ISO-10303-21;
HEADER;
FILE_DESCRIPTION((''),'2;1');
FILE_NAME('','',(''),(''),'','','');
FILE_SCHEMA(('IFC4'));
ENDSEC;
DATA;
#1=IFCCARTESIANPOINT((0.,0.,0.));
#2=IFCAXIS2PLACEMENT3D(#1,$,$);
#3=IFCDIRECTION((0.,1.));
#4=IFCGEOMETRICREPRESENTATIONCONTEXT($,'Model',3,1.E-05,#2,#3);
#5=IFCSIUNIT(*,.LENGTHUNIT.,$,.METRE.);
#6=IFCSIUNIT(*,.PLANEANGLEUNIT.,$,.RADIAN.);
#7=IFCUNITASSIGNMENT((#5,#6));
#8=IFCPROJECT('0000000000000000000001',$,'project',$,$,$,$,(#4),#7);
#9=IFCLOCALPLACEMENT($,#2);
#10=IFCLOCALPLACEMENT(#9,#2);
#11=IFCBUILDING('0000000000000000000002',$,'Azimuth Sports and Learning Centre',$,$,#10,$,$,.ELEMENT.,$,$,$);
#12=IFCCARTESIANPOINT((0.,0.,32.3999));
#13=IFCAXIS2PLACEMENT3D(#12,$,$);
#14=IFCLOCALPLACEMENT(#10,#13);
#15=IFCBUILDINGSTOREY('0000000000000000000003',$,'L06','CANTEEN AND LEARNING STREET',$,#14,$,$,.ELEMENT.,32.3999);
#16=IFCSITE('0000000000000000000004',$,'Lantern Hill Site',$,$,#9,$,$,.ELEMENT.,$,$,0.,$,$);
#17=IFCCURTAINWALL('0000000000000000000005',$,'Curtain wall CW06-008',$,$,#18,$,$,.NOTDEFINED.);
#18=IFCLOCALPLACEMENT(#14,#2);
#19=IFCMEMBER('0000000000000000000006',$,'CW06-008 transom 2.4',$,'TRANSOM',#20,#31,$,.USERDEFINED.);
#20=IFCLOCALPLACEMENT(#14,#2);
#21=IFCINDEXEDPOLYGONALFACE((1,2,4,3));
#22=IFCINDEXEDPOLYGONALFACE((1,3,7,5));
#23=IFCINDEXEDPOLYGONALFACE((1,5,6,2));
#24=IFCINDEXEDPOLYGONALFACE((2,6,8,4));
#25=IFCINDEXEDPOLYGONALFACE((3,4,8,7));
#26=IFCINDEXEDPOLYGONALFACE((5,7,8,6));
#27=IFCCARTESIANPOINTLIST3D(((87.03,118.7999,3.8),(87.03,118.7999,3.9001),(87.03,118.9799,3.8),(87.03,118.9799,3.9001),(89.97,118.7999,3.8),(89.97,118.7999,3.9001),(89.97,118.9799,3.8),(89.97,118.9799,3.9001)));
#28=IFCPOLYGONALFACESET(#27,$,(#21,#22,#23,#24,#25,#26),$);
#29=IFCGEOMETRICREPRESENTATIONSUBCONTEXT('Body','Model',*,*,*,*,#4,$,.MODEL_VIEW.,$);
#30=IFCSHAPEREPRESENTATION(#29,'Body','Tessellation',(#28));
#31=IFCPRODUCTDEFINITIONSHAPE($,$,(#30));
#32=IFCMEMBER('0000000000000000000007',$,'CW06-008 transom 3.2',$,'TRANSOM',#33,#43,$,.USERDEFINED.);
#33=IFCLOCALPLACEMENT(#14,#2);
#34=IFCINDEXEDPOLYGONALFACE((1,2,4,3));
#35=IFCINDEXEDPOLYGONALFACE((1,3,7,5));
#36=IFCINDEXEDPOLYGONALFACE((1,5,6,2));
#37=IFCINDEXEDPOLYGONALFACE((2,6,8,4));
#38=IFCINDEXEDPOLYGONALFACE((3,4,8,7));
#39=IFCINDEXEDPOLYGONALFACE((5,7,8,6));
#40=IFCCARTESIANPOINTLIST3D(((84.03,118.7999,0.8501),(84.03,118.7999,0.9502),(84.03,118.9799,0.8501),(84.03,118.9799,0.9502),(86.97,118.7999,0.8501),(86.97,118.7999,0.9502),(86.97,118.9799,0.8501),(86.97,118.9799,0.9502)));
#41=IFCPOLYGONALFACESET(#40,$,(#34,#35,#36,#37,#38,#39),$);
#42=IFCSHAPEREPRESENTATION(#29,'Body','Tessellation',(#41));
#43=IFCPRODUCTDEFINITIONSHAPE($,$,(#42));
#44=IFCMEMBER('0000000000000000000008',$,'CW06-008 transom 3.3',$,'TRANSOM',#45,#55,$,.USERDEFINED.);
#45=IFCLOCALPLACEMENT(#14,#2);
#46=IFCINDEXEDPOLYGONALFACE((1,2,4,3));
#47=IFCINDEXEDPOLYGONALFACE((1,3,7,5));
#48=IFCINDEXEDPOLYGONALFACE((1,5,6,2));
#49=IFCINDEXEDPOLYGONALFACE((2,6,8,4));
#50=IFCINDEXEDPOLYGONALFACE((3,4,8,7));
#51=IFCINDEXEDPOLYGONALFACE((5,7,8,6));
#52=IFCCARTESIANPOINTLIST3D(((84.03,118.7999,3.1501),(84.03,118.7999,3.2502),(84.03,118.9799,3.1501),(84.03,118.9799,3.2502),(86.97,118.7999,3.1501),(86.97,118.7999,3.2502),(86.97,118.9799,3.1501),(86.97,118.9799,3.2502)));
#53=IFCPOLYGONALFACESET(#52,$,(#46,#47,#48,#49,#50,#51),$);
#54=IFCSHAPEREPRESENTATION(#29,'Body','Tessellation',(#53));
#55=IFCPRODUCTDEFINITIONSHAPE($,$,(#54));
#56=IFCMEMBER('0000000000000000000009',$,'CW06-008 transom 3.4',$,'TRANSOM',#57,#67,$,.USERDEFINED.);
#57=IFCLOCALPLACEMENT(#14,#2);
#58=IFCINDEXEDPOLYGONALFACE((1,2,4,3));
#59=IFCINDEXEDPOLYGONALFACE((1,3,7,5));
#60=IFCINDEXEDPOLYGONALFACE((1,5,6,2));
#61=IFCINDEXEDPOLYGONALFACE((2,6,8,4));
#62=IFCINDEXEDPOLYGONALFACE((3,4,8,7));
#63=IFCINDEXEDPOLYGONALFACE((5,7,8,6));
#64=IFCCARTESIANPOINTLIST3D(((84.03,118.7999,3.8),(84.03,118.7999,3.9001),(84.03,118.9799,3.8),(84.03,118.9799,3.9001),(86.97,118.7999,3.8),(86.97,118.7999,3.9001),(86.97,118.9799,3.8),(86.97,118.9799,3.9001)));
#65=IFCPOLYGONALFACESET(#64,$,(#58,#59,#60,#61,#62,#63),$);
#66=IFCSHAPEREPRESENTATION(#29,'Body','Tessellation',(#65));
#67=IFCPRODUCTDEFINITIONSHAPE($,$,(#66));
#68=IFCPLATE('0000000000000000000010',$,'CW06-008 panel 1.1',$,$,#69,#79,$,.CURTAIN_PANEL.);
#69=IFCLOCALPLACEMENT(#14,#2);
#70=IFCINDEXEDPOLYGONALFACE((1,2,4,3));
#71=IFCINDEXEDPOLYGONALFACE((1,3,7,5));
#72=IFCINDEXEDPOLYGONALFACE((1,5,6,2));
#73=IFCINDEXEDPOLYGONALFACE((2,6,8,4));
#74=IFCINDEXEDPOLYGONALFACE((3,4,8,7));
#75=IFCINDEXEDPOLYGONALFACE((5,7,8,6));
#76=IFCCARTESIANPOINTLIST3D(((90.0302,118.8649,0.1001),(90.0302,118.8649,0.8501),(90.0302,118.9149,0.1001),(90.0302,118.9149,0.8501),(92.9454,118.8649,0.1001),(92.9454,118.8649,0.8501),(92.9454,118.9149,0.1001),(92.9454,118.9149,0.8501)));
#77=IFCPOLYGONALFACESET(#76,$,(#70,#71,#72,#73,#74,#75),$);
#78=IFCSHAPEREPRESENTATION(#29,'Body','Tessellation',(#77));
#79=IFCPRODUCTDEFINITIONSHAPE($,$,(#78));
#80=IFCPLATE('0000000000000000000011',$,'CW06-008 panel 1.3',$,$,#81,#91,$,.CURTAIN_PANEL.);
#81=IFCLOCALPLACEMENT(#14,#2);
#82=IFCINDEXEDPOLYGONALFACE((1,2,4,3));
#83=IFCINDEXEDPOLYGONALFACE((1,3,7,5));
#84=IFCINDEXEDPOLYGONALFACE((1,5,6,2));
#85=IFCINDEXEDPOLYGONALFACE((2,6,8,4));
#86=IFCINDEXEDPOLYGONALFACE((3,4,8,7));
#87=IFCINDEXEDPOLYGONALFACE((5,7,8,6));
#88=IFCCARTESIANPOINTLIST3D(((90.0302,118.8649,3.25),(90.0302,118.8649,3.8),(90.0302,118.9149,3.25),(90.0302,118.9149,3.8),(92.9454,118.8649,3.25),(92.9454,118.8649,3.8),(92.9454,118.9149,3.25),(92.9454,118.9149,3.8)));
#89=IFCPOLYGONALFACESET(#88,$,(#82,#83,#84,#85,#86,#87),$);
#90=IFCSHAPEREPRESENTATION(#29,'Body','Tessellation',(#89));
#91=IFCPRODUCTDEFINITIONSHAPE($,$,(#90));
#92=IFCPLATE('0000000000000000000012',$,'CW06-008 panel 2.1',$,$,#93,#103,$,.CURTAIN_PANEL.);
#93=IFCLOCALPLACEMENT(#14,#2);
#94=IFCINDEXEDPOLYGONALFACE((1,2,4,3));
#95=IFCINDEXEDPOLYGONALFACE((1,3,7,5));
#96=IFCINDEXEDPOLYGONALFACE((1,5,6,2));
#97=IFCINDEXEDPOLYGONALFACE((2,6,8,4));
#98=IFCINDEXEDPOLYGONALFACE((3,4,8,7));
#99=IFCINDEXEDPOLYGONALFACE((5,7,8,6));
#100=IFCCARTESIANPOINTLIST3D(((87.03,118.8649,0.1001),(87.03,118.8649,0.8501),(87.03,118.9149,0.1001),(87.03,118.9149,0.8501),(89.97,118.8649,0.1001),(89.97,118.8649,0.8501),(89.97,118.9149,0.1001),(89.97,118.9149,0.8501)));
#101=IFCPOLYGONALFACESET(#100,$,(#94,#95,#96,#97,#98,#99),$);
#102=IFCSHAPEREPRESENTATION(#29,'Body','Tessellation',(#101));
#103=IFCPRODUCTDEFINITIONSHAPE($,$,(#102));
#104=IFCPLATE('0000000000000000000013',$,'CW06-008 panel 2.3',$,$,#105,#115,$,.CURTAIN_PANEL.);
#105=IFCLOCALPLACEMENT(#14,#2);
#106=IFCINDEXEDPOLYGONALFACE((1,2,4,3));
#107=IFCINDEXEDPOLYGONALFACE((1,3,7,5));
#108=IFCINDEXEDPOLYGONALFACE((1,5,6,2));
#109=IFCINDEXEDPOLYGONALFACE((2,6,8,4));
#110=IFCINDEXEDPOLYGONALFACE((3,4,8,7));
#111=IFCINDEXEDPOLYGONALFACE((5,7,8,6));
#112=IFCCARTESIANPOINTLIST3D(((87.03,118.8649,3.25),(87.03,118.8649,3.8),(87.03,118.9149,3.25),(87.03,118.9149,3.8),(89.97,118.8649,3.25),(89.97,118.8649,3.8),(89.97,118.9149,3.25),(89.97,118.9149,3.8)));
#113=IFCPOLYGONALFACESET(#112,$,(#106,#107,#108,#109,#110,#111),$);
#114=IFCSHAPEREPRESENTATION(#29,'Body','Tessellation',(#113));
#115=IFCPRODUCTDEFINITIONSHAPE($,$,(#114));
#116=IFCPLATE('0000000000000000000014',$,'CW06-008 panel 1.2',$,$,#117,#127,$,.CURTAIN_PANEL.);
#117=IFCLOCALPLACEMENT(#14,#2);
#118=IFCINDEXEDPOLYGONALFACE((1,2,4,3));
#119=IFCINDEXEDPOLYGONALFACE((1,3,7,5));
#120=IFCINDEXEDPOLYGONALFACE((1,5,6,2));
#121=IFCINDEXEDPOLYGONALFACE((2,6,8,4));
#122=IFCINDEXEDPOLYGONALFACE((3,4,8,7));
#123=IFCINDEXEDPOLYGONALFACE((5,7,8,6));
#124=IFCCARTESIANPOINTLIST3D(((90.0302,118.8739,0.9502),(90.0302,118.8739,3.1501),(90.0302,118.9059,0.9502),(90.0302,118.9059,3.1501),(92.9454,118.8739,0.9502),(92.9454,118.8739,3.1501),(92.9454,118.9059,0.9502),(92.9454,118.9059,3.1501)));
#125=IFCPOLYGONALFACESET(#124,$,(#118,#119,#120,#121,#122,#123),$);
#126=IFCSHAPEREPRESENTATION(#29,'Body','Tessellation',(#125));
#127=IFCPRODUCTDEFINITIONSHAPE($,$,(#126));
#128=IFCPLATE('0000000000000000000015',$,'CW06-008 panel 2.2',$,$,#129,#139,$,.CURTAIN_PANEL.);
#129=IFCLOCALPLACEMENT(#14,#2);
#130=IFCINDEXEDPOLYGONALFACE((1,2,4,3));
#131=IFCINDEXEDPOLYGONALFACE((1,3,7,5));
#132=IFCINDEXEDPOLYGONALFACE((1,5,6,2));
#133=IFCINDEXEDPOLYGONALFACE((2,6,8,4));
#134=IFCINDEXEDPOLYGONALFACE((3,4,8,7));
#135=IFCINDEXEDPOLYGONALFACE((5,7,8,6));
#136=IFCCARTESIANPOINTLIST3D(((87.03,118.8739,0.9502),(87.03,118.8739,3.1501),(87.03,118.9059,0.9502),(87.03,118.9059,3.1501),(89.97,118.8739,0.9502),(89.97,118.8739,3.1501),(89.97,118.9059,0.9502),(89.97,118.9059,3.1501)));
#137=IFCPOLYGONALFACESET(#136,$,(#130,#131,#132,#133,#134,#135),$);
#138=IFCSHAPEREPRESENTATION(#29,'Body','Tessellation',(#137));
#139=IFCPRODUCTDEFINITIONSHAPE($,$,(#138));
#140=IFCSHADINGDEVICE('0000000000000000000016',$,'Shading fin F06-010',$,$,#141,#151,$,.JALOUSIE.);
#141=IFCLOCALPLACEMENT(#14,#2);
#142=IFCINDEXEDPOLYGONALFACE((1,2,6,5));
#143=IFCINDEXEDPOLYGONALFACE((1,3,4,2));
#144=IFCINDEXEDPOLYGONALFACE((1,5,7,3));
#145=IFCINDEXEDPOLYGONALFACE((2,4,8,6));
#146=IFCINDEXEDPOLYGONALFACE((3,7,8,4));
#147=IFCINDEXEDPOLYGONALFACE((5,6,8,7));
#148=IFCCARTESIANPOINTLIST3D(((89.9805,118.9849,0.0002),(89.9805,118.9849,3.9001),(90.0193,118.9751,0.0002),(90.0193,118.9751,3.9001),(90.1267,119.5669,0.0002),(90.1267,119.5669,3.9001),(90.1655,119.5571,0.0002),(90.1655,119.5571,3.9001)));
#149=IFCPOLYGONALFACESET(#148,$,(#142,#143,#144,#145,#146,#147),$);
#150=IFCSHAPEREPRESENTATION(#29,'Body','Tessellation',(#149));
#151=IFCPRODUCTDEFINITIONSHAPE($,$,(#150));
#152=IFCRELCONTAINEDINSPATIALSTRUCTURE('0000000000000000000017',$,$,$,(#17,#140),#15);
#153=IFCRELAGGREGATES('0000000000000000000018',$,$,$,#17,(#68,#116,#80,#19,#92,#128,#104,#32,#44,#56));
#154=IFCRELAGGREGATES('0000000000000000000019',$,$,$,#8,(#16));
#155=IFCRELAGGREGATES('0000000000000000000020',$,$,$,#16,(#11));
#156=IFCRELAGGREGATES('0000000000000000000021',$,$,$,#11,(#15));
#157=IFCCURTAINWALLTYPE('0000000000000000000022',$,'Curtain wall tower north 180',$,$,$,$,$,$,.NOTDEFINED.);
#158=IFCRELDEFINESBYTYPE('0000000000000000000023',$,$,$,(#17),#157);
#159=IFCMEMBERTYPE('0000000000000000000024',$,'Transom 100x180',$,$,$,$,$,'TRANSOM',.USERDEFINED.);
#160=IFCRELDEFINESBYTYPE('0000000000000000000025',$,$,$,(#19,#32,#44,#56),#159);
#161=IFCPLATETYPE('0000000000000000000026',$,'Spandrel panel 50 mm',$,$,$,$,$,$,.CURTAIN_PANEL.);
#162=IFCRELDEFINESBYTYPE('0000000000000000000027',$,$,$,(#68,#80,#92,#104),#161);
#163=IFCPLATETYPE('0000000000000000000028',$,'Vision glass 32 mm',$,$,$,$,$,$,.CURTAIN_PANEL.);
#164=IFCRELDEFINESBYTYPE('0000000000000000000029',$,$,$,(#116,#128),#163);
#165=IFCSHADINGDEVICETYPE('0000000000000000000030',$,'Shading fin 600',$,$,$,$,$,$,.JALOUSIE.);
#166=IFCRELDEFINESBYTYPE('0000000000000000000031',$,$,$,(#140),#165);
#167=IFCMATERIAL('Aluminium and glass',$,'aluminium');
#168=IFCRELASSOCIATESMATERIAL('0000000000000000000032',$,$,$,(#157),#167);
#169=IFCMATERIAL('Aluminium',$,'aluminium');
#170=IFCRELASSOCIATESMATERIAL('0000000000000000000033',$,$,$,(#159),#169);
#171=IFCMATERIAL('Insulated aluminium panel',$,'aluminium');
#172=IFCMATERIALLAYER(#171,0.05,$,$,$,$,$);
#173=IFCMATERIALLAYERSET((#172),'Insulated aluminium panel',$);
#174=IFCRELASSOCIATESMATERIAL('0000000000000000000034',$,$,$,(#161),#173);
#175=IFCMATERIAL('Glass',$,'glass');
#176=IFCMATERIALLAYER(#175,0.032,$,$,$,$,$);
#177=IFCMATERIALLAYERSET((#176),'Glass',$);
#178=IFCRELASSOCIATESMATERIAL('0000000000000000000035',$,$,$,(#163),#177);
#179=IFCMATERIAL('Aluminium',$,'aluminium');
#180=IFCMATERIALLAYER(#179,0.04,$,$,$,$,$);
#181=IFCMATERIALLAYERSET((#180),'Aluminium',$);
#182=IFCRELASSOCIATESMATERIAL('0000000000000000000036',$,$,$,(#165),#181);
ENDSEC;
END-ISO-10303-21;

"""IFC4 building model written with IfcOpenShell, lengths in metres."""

from ifc_helpers import new_model, si_unit, direction, frame, origin, origin_2d, place, context, subcontext, project, spatial, rectangle, extrude, material, layer, layer_set, material_profile, profile_set, type_object, element, aggregate, save


model = new_model("IFC4")

# Units and contexts
model_context = context("Model", 3, precision=1e-05, world=origin(), true_north=direction((0.0, 1.0)))
body_context = subcontext(model_context, "Body", "Model", "MODEL_VIEW")
ifc_project = project(units=[si_unit("LENGTHUNIT", "METRE"), si_unit("PLANEANGLEUNIT", "RADIAN")], contexts=[model_context])

# Site, building, storey
site_placement = place(None, origin())
site = spatial("IfcSite", under=ifc_project, at=site_placement, Name="Lantern Hill Site", CompositionType="ELEMENT", RefElevation=0.0)
building_placement = place(site_placement, origin())
building = spatial("IfcBuilding", under=site, at=building_placement, Name="Azimuth Sports and Learning Centre", CompositionType="ELEMENT")
storey_placement = place(building_placement, frame((0.0, 0.0, 32.3999)))
storey = spatial("IfcBuildingStorey", under=building, at=storey_placement, Name="L06", Description="CANTEEN AND LEARNING STREET", CompositionType="ELEMENT", Elevation=32.3999)

# Curtain wall, members, plates
ifc_material_1 = material(Name="Aluminium and glass", Category="aluminium")
curtain_wall_type = type_object("IfcCurtainWallType", Name="Curtain wall tower north 180", PredefinedType="NOTDEFINED", material=ifc_material_1)
curtain_wall_placement = place(storey_placement, origin())
curtain_wall = element("IfcCurtainWall", 1, at=curtain_wall_placement, inside=storey, type_object=curtain_wall_type, Name="Curtain wall CW06-008", PredefinedType="NOTDEFINED")
ifc_material_2 = material(Name="Aluminium", Category="aluminium")
ifc_material_profile_1 = material_profile(ifc_material_2, rectangle(XDim=0.1799, YDim=0.1001, at=origin_2d()), Name="Transom 100x180")
ifc_profile_set_1 = profile_set([ifc_material_profile_1], Name="Aluminium")
member_type_1 = type_object("IfcMemberType", Name="Transom 100x180", ElementType="TRANSOM", PredefinedType="USERDEFINED", material=ifc_profile_set_1)
member_1_placement = place(storey_placement, frame((89.97, 118.8899, 3.8501), z_axis=(-1.0, 0.0, 0.0), x_axis=(0.0, -1.0, 0.0)))
member_1 = element("IfcMember", 2, at=member_1_placement, type_object=member_type_1, Name="CW06-008 transom 2.4", ObjectType="TRANSOM", PredefinedType="USERDEFINED", context=body_context, shape_type="SweptSolid", body=[
    extrude(rectangle(XDim=0.1799, YDim=0.1001, at=origin_2d()), origin(), (0.0, 0.0, 1.0), 2.9399),
])
member_2_placement = place(storey_placement, frame((86.97, 118.8899, 0.9001), z_axis=(-1.0, 0.0, 0.0), x_axis=(0.0, -1.0, 0.0)))
member_2 = element("IfcMember", 3, at=member_2_placement, type_object=member_type_1, Name="CW06-008 transom 3.2", ObjectType="TRANSOM", PredefinedType="USERDEFINED", context=body_context, shape_type="SweptSolid", body=[
    extrude(rectangle(XDim=0.1799, YDim=0.1001, at=origin_2d()), origin(), (0.0, 0.0, 1.0), 2.9399),
])
member_3_placement = place(storey_placement, frame((86.97, 118.8899, 3.2002), z_axis=(-1.0, 0.0, 0.0), x_axis=(0.0, -1.0, 0.0)))
member_3 = element("IfcMember", 4, at=member_3_placement, type_object=member_type_1, Name="CW06-008 transom 3.3", ObjectType="TRANSOM", PredefinedType="USERDEFINED", context=body_context, shape_type="SweptSolid", body=[
    extrude(rectangle(XDim=0.1799, YDim=0.1001, at=origin_2d()), origin(), (0.0, 0.0, 1.0), 2.9399),
])
member_4_placement = place(storey_placement, frame((86.97, 118.8899, 3.8501), z_axis=(-1.0, 0.0, 0.0), x_axis=(0.0, -1.0, 0.0)))
member_4 = element("IfcMember", 5, at=member_4_placement, type_object=member_type_1, Name="CW06-008 transom 3.4", ObjectType="TRANSOM", PredefinedType="USERDEFINED", context=body_context, shape_type="SweptSolid", body=[
    extrude(rectangle(XDim=0.1799, YDim=0.1001, at=origin_2d()), origin(), (0.0, 0.0, 1.0), 2.9399),
])
ifc_material_3 = material(Name="Insulated aluminium panel", Category="aluminium")
ifc_layer_1 = layer(ifc_material_3, 0.05)
ifc_layer_set_1 = layer_set([ifc_layer_1], Name="Insulated aluminium panel")
plate_type_1 = type_object("IfcPlateType", Name="Spandrel panel 50 mm", PredefinedType="CURTAIN_PANEL", material=ifc_layer_set_1)
plate_1_placement = place(storey_placement, frame((91.4878, 118.8899, 0.1001), z_axis=(0.0, 0.0, 1.0), x_axis=(-1.0, 0.0, 0.0)))
plate_1 = element("IfcPlate", 6, at=plate_1_placement, type_object=plate_type_1, Name="CW06-008 panel 1.1", PredefinedType="CURTAIN_PANEL", context=body_context, shape_type="SweptSolid", body=[
    extrude(rectangle(XDim=2.9153, YDim=0.05, at=origin_2d()), origin(), (0.0, 0.0, 1.0), 0.75),
])
plate_2_placement = place(storey_placement, frame((91.4878, 118.8899, 3.25), z_axis=(0.0, 0.0, 1.0), x_axis=(-1.0, 0.0, 0.0)))
plate_2 = element("IfcPlate", 7, at=plate_2_placement, type_object=plate_type_1, Name="CW06-008 panel 1.3", PredefinedType="CURTAIN_PANEL", context=body_context, shape_type="SweptSolid", body=[
    extrude(rectangle(XDim=2.9153, YDim=0.05, at=origin_2d()), origin(), (0.0, 0.0, 1.0), 0.55),
])
plate_3_placement = place(storey_placement, frame((88.5, 118.8899, 0.1001), z_axis=(0.0, 0.0, 1.0), x_axis=(-1.0, 0.0, 0.0)))
plate_3 = element("IfcPlate", 8, at=plate_3_placement, type_object=plate_type_1, Name="CW06-008 panel 2.1", PredefinedType="CURTAIN_PANEL", context=body_context, shape_type="SweptSolid", body=[
    extrude(rectangle(XDim=2.9399, YDim=0.05, at=origin_2d()), origin(), (0.0, 0.0, 1.0), 0.75),
])
plate_4_placement = place(storey_placement, frame((88.5, 118.8899, 3.25), z_axis=(0.0, 0.0, 1.0), x_axis=(-1.0, 0.0, 0.0)))
plate_4 = element("IfcPlate", 9, at=plate_4_placement, type_object=plate_type_1, Name="CW06-008 panel 2.3", PredefinedType="CURTAIN_PANEL", context=body_context, shape_type="SweptSolid", body=[
    extrude(rectangle(XDim=2.9399, YDim=0.05, at=origin_2d()), origin(), (0.0, 0.0, 1.0), 0.55),
])
ifc_material_4 = material(Name="Glass", Category="glass")
ifc_layer_2 = layer(ifc_material_4, 0.032)
ifc_layer_set_2 = layer_set([ifc_layer_2], Name="Glass")
plate_type_2 = type_object("IfcPlateType", Name="Vision glass 32 mm", PredefinedType="CURTAIN_PANEL", material=ifc_layer_set_2)
plate_5_placement = place(storey_placement, frame((91.4878, 118.8899, 0.9502), z_axis=(0.0, 0.0, 1.0), x_axis=(-1.0, 0.0, 0.0)))
plate_5 = element("IfcPlate", 10, at=plate_5_placement, type_object=plate_type_2, Name="CW06-008 panel 1.2", PredefinedType="CURTAIN_PANEL", context=body_context, shape_type="SweptSolid", body=[
    extrude(rectangle(XDim=2.9153, YDim=0.032, at=origin_2d()), origin(), (0.0, 0.0, 1.0), 2.2),
])
plate_6_placement = place(storey_placement, frame((88.5, 118.8899, 0.9502), z_axis=(0.0, 0.0, 1.0), x_axis=(-1.0, 0.0, 0.0)))
plate_6 = element("IfcPlate", 11, at=plate_6_placement, type_object=plate_type_2, Name="CW06-008 panel 2.2", PredefinedType="CURTAIN_PANEL", context=body_context, shape_type="SweptSolid", body=[
    extrude(rectangle(XDim=2.9399, YDim=0.032, at=origin_2d()), origin(), (0.0, 0.0, 1.0), 2.2),
])
aggregate(curtain_wall, [plate_1, plate_5, plate_2, member_1, plate_3, plate_6, plate_4, member_2, member_3, member_4])

# Shading device
ifc_material_5 = material(Name="Aluminium", Category="aluminium")
ifc_layer_3 = layer(ifc_material_5, 0.04)
ifc_layer_set_3 = layer_set([ifc_layer_3], Name="Aluminium")
shading_device_type = type_object("IfcShadingDeviceType", Name="Shading fin 600", PredefinedType="JALOUSIE", material=ifc_layer_set_3)
shading_device_placement = place(storey_placement, frame((90.073, 119.271, 0.0002), z_axis=(0.0, 0.0, 1.0), x_axis=(0.243731, 0.969843, 0.0)))
element("IfcShadingDevice", 12, at=shading_device_placement, inside=storey, type_object=shading_device_type, Name="Shading fin F06-010", PredefinedType="JALOUSIE", context=body_context, shape_type="SweptSolid", body=[
    extrude(rectangle(XDim=0.6001, YDim=0.04, at=origin_2d()), origin(), (0.0, 0.0, 1.0), 3.8999),
])

save(model, "model.ifc")
